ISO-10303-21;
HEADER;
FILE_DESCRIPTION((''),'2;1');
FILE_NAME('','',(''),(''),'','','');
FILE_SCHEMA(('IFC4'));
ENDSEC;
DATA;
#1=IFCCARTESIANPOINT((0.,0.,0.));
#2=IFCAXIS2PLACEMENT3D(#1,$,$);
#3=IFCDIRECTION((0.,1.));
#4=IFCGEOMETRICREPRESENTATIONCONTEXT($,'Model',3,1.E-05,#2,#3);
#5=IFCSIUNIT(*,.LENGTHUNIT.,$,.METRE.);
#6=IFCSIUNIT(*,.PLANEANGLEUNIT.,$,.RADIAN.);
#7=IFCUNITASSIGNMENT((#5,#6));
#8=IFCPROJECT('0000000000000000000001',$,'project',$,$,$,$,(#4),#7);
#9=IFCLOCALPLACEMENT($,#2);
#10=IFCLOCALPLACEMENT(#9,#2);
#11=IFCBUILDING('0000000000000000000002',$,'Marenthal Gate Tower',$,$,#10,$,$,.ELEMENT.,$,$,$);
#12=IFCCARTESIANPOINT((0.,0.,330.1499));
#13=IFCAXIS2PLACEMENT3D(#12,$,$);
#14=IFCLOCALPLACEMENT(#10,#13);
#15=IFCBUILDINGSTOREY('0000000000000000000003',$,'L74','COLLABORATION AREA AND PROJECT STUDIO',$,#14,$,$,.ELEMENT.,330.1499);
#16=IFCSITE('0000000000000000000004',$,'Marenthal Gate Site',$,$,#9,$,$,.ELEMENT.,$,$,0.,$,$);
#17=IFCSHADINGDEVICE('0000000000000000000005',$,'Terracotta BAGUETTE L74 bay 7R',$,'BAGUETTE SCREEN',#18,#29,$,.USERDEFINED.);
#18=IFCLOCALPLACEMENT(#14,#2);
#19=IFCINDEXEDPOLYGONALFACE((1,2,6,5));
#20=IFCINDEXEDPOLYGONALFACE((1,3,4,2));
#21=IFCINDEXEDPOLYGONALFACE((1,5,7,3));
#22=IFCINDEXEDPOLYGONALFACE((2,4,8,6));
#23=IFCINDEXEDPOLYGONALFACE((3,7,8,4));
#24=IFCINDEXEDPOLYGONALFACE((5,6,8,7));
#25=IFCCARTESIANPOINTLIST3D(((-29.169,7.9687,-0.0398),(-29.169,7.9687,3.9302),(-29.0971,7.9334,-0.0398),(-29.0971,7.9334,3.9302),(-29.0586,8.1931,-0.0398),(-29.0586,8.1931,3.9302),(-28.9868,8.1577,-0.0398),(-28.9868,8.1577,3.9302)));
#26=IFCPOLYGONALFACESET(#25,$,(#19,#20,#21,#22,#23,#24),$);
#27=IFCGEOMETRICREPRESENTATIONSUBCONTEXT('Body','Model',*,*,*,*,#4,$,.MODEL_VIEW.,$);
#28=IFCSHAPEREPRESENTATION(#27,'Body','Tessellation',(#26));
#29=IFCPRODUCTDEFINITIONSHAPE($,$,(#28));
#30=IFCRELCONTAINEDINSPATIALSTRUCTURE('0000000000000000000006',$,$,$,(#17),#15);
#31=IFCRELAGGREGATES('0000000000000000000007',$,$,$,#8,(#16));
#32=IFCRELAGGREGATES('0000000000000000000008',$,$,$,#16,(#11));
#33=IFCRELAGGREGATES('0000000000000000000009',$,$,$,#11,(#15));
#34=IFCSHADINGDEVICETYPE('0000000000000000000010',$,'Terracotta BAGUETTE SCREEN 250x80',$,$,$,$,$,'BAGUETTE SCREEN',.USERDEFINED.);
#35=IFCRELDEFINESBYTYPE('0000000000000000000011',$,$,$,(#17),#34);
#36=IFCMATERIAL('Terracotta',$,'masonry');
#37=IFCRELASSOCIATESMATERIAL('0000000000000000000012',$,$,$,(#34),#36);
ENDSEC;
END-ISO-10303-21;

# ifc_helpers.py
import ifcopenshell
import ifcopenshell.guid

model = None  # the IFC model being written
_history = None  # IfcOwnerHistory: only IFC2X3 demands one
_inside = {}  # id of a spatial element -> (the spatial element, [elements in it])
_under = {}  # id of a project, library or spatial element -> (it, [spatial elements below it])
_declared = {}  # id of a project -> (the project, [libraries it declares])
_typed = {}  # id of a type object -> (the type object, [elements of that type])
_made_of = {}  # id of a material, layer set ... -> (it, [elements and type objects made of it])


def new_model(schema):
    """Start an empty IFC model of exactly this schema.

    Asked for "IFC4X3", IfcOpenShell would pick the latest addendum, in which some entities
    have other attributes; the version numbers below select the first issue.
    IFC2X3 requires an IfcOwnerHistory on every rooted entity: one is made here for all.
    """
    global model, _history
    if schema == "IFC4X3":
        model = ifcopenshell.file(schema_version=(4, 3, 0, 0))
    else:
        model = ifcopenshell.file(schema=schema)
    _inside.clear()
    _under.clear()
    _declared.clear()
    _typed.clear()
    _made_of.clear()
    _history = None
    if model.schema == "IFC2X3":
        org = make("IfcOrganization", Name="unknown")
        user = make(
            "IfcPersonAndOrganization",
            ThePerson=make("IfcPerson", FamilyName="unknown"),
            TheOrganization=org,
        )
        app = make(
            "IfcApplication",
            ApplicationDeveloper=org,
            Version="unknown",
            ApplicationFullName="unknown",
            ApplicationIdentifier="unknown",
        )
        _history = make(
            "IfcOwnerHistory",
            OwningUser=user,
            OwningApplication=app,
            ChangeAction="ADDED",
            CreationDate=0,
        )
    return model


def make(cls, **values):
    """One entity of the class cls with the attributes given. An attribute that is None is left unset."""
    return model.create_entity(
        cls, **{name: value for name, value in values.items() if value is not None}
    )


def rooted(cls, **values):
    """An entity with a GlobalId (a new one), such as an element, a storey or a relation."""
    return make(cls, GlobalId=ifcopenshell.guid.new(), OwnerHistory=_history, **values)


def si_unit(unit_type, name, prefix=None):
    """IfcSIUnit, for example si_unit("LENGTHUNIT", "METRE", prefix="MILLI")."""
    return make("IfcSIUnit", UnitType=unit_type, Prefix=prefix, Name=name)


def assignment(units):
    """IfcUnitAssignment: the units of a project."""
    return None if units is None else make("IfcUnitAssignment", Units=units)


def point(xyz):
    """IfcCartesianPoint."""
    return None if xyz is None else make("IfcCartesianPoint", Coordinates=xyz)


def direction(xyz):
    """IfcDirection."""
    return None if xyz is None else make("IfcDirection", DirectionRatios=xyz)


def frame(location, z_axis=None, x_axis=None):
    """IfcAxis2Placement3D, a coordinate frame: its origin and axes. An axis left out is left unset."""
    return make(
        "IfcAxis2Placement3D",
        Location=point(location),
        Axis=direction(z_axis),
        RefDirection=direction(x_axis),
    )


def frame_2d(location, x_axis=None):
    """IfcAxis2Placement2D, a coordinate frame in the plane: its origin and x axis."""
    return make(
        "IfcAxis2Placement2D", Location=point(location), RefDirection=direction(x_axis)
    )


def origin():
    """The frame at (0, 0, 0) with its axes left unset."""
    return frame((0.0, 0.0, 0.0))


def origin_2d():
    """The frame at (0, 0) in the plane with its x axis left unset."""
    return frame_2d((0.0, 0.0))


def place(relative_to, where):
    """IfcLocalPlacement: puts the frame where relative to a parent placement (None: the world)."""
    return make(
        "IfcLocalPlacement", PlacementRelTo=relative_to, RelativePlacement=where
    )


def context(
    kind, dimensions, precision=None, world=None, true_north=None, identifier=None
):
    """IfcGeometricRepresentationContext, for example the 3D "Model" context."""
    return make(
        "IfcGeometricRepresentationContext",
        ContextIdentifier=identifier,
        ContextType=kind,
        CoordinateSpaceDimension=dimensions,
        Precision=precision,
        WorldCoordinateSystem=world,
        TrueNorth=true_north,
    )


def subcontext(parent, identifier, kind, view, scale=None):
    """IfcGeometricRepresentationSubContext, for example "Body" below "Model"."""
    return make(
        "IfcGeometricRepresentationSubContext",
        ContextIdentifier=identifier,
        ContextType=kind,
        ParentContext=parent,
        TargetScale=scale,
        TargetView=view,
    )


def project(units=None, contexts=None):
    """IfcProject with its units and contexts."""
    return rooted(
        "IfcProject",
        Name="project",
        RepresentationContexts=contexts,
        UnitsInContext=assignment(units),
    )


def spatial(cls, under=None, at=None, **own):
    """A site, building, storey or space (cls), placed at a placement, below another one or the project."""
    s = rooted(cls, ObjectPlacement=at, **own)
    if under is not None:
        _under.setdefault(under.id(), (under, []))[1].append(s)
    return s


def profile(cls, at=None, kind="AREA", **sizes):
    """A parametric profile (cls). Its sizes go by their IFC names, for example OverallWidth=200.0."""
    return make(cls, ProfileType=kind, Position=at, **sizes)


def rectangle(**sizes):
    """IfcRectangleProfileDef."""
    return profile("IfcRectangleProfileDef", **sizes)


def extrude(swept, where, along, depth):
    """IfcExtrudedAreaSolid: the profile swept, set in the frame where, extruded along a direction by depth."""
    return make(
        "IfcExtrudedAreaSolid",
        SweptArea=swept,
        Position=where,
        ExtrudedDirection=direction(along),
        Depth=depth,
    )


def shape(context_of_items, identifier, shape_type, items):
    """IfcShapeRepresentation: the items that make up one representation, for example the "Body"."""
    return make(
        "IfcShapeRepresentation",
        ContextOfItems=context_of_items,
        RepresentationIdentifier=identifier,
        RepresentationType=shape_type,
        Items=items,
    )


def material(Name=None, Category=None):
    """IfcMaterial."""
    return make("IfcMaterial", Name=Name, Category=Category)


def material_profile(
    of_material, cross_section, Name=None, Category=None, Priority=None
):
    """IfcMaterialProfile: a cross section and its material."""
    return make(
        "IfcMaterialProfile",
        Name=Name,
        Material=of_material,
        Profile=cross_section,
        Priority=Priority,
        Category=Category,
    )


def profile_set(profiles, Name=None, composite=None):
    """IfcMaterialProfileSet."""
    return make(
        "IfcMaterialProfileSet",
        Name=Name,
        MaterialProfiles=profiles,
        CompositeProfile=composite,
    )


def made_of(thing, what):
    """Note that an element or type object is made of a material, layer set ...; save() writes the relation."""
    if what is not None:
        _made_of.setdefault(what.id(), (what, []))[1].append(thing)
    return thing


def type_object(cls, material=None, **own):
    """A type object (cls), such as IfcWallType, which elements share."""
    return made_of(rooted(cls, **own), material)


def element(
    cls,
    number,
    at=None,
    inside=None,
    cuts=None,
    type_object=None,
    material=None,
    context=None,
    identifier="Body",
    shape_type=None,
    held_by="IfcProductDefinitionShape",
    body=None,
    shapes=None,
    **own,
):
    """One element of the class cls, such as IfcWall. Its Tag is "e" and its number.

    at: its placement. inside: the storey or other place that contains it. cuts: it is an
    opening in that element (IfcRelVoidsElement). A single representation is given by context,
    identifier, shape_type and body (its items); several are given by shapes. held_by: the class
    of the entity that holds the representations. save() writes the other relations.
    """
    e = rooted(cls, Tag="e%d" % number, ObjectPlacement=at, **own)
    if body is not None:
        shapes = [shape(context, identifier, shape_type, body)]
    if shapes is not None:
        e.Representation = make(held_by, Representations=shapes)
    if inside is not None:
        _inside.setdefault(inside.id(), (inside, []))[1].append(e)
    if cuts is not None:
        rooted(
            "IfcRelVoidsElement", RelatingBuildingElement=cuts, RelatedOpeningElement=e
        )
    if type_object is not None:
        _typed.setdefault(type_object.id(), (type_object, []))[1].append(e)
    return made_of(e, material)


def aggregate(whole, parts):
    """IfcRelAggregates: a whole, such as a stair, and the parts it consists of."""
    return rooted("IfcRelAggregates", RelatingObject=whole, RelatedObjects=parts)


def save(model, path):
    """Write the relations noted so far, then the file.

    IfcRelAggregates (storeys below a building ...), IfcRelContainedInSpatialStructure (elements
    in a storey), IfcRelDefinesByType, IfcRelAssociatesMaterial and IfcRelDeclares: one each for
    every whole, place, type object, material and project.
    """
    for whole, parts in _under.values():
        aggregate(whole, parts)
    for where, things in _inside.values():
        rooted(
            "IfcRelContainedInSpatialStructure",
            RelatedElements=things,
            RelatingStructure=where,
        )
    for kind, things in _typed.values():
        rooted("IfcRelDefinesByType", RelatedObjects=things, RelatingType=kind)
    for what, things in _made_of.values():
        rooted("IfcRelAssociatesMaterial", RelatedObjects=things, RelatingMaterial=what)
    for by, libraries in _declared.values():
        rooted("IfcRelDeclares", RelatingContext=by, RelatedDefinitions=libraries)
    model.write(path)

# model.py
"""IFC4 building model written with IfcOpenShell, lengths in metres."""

from ifc_helpers import new_model, si_unit, direction, frame, origin, origin_2d, place, context, subcontext, project, spatial, rectangle, extrude, material, material_profile, profile_set, type_object, element, save


model = new_model("IFC4")

# Units and contexts
model_context = context("Model", 3, precision=1e-05, world=origin(), true_north=direction((0.0, 1.0)))
body_context = subcontext(model_context, "Body", "Model", "MODEL_VIEW")
ifc_project = project(units=[si_unit("LENGTHUNIT", "METRE"), si_unit("PLANEANGLEUNIT", "RADIAN")], contexts=[model_context])

# Site, building, storey
site_placement = place(None, origin())
site = spatial("IfcSite", under=ifc_project, at=site_placement, Name="Marenthal Gate Site", CompositionType="ELEMENT", RefElevation=0.0)
building_placement = place(site_placement, origin())
building = spatial("IfcBuilding", under=site, at=building_placement, Name="Marenthal Gate Tower", CompositionType="ELEMENT")
storey_placement = place(building_placement, frame((0.0, 0.0, 330.1499)))
storey = spatial("IfcBuildingStorey", under=building, at=storey_placement, Name="L74", Description="COLLABORATION AREA AND PROJECT STUDIO", CompositionType="ELEMENT", Elevation=330.1499)

# Shading device
ifc_material_1 = material(Name="Terracotta", Category="masonry")
ifc_material_profile_1 = material_profile(ifc_material_1, rectangle(XDim=0.25, YDim=0.0801, at=origin_2d()), Name="Terracotta baguette 250x80")
ifc_profile_set_1 = profile_set([ifc_material_profile_1], Name="Terracotta")
shading_device_type = type_object("IfcShadingDeviceType", Name="Terracotta BAGUETTE SCREEN 250x80", ElementType="BAGUETTE SCREEN", PredefinedType="USERDEFINED", material=ifc_profile_set_1)
shading_device_placement = place(storey_placement, frame((-29.0779, 8.0632, -0.0398), z_axis=(0.0, 0.0, 1.0), x_axis=(-0.441395, -0.897313, 0.0)))
element("IfcShadingDevice", 1, at=shading_device_placement, inside=storey, type_object=shading_device_type, Name="Terracotta BAGUETTE L74 bay 7R", ObjectType="BAGUETTE SCREEN", PredefinedType="USERDEFINED", context=body_context, shape_type="SweptSolid", body=[
    extrude(rectangle(XDim=0.25, YDim=0.0801, at=origin_2d()), origin(), (0.0, 0.0, 1.0), 3.97),
])

save(model, "model.ifc")
